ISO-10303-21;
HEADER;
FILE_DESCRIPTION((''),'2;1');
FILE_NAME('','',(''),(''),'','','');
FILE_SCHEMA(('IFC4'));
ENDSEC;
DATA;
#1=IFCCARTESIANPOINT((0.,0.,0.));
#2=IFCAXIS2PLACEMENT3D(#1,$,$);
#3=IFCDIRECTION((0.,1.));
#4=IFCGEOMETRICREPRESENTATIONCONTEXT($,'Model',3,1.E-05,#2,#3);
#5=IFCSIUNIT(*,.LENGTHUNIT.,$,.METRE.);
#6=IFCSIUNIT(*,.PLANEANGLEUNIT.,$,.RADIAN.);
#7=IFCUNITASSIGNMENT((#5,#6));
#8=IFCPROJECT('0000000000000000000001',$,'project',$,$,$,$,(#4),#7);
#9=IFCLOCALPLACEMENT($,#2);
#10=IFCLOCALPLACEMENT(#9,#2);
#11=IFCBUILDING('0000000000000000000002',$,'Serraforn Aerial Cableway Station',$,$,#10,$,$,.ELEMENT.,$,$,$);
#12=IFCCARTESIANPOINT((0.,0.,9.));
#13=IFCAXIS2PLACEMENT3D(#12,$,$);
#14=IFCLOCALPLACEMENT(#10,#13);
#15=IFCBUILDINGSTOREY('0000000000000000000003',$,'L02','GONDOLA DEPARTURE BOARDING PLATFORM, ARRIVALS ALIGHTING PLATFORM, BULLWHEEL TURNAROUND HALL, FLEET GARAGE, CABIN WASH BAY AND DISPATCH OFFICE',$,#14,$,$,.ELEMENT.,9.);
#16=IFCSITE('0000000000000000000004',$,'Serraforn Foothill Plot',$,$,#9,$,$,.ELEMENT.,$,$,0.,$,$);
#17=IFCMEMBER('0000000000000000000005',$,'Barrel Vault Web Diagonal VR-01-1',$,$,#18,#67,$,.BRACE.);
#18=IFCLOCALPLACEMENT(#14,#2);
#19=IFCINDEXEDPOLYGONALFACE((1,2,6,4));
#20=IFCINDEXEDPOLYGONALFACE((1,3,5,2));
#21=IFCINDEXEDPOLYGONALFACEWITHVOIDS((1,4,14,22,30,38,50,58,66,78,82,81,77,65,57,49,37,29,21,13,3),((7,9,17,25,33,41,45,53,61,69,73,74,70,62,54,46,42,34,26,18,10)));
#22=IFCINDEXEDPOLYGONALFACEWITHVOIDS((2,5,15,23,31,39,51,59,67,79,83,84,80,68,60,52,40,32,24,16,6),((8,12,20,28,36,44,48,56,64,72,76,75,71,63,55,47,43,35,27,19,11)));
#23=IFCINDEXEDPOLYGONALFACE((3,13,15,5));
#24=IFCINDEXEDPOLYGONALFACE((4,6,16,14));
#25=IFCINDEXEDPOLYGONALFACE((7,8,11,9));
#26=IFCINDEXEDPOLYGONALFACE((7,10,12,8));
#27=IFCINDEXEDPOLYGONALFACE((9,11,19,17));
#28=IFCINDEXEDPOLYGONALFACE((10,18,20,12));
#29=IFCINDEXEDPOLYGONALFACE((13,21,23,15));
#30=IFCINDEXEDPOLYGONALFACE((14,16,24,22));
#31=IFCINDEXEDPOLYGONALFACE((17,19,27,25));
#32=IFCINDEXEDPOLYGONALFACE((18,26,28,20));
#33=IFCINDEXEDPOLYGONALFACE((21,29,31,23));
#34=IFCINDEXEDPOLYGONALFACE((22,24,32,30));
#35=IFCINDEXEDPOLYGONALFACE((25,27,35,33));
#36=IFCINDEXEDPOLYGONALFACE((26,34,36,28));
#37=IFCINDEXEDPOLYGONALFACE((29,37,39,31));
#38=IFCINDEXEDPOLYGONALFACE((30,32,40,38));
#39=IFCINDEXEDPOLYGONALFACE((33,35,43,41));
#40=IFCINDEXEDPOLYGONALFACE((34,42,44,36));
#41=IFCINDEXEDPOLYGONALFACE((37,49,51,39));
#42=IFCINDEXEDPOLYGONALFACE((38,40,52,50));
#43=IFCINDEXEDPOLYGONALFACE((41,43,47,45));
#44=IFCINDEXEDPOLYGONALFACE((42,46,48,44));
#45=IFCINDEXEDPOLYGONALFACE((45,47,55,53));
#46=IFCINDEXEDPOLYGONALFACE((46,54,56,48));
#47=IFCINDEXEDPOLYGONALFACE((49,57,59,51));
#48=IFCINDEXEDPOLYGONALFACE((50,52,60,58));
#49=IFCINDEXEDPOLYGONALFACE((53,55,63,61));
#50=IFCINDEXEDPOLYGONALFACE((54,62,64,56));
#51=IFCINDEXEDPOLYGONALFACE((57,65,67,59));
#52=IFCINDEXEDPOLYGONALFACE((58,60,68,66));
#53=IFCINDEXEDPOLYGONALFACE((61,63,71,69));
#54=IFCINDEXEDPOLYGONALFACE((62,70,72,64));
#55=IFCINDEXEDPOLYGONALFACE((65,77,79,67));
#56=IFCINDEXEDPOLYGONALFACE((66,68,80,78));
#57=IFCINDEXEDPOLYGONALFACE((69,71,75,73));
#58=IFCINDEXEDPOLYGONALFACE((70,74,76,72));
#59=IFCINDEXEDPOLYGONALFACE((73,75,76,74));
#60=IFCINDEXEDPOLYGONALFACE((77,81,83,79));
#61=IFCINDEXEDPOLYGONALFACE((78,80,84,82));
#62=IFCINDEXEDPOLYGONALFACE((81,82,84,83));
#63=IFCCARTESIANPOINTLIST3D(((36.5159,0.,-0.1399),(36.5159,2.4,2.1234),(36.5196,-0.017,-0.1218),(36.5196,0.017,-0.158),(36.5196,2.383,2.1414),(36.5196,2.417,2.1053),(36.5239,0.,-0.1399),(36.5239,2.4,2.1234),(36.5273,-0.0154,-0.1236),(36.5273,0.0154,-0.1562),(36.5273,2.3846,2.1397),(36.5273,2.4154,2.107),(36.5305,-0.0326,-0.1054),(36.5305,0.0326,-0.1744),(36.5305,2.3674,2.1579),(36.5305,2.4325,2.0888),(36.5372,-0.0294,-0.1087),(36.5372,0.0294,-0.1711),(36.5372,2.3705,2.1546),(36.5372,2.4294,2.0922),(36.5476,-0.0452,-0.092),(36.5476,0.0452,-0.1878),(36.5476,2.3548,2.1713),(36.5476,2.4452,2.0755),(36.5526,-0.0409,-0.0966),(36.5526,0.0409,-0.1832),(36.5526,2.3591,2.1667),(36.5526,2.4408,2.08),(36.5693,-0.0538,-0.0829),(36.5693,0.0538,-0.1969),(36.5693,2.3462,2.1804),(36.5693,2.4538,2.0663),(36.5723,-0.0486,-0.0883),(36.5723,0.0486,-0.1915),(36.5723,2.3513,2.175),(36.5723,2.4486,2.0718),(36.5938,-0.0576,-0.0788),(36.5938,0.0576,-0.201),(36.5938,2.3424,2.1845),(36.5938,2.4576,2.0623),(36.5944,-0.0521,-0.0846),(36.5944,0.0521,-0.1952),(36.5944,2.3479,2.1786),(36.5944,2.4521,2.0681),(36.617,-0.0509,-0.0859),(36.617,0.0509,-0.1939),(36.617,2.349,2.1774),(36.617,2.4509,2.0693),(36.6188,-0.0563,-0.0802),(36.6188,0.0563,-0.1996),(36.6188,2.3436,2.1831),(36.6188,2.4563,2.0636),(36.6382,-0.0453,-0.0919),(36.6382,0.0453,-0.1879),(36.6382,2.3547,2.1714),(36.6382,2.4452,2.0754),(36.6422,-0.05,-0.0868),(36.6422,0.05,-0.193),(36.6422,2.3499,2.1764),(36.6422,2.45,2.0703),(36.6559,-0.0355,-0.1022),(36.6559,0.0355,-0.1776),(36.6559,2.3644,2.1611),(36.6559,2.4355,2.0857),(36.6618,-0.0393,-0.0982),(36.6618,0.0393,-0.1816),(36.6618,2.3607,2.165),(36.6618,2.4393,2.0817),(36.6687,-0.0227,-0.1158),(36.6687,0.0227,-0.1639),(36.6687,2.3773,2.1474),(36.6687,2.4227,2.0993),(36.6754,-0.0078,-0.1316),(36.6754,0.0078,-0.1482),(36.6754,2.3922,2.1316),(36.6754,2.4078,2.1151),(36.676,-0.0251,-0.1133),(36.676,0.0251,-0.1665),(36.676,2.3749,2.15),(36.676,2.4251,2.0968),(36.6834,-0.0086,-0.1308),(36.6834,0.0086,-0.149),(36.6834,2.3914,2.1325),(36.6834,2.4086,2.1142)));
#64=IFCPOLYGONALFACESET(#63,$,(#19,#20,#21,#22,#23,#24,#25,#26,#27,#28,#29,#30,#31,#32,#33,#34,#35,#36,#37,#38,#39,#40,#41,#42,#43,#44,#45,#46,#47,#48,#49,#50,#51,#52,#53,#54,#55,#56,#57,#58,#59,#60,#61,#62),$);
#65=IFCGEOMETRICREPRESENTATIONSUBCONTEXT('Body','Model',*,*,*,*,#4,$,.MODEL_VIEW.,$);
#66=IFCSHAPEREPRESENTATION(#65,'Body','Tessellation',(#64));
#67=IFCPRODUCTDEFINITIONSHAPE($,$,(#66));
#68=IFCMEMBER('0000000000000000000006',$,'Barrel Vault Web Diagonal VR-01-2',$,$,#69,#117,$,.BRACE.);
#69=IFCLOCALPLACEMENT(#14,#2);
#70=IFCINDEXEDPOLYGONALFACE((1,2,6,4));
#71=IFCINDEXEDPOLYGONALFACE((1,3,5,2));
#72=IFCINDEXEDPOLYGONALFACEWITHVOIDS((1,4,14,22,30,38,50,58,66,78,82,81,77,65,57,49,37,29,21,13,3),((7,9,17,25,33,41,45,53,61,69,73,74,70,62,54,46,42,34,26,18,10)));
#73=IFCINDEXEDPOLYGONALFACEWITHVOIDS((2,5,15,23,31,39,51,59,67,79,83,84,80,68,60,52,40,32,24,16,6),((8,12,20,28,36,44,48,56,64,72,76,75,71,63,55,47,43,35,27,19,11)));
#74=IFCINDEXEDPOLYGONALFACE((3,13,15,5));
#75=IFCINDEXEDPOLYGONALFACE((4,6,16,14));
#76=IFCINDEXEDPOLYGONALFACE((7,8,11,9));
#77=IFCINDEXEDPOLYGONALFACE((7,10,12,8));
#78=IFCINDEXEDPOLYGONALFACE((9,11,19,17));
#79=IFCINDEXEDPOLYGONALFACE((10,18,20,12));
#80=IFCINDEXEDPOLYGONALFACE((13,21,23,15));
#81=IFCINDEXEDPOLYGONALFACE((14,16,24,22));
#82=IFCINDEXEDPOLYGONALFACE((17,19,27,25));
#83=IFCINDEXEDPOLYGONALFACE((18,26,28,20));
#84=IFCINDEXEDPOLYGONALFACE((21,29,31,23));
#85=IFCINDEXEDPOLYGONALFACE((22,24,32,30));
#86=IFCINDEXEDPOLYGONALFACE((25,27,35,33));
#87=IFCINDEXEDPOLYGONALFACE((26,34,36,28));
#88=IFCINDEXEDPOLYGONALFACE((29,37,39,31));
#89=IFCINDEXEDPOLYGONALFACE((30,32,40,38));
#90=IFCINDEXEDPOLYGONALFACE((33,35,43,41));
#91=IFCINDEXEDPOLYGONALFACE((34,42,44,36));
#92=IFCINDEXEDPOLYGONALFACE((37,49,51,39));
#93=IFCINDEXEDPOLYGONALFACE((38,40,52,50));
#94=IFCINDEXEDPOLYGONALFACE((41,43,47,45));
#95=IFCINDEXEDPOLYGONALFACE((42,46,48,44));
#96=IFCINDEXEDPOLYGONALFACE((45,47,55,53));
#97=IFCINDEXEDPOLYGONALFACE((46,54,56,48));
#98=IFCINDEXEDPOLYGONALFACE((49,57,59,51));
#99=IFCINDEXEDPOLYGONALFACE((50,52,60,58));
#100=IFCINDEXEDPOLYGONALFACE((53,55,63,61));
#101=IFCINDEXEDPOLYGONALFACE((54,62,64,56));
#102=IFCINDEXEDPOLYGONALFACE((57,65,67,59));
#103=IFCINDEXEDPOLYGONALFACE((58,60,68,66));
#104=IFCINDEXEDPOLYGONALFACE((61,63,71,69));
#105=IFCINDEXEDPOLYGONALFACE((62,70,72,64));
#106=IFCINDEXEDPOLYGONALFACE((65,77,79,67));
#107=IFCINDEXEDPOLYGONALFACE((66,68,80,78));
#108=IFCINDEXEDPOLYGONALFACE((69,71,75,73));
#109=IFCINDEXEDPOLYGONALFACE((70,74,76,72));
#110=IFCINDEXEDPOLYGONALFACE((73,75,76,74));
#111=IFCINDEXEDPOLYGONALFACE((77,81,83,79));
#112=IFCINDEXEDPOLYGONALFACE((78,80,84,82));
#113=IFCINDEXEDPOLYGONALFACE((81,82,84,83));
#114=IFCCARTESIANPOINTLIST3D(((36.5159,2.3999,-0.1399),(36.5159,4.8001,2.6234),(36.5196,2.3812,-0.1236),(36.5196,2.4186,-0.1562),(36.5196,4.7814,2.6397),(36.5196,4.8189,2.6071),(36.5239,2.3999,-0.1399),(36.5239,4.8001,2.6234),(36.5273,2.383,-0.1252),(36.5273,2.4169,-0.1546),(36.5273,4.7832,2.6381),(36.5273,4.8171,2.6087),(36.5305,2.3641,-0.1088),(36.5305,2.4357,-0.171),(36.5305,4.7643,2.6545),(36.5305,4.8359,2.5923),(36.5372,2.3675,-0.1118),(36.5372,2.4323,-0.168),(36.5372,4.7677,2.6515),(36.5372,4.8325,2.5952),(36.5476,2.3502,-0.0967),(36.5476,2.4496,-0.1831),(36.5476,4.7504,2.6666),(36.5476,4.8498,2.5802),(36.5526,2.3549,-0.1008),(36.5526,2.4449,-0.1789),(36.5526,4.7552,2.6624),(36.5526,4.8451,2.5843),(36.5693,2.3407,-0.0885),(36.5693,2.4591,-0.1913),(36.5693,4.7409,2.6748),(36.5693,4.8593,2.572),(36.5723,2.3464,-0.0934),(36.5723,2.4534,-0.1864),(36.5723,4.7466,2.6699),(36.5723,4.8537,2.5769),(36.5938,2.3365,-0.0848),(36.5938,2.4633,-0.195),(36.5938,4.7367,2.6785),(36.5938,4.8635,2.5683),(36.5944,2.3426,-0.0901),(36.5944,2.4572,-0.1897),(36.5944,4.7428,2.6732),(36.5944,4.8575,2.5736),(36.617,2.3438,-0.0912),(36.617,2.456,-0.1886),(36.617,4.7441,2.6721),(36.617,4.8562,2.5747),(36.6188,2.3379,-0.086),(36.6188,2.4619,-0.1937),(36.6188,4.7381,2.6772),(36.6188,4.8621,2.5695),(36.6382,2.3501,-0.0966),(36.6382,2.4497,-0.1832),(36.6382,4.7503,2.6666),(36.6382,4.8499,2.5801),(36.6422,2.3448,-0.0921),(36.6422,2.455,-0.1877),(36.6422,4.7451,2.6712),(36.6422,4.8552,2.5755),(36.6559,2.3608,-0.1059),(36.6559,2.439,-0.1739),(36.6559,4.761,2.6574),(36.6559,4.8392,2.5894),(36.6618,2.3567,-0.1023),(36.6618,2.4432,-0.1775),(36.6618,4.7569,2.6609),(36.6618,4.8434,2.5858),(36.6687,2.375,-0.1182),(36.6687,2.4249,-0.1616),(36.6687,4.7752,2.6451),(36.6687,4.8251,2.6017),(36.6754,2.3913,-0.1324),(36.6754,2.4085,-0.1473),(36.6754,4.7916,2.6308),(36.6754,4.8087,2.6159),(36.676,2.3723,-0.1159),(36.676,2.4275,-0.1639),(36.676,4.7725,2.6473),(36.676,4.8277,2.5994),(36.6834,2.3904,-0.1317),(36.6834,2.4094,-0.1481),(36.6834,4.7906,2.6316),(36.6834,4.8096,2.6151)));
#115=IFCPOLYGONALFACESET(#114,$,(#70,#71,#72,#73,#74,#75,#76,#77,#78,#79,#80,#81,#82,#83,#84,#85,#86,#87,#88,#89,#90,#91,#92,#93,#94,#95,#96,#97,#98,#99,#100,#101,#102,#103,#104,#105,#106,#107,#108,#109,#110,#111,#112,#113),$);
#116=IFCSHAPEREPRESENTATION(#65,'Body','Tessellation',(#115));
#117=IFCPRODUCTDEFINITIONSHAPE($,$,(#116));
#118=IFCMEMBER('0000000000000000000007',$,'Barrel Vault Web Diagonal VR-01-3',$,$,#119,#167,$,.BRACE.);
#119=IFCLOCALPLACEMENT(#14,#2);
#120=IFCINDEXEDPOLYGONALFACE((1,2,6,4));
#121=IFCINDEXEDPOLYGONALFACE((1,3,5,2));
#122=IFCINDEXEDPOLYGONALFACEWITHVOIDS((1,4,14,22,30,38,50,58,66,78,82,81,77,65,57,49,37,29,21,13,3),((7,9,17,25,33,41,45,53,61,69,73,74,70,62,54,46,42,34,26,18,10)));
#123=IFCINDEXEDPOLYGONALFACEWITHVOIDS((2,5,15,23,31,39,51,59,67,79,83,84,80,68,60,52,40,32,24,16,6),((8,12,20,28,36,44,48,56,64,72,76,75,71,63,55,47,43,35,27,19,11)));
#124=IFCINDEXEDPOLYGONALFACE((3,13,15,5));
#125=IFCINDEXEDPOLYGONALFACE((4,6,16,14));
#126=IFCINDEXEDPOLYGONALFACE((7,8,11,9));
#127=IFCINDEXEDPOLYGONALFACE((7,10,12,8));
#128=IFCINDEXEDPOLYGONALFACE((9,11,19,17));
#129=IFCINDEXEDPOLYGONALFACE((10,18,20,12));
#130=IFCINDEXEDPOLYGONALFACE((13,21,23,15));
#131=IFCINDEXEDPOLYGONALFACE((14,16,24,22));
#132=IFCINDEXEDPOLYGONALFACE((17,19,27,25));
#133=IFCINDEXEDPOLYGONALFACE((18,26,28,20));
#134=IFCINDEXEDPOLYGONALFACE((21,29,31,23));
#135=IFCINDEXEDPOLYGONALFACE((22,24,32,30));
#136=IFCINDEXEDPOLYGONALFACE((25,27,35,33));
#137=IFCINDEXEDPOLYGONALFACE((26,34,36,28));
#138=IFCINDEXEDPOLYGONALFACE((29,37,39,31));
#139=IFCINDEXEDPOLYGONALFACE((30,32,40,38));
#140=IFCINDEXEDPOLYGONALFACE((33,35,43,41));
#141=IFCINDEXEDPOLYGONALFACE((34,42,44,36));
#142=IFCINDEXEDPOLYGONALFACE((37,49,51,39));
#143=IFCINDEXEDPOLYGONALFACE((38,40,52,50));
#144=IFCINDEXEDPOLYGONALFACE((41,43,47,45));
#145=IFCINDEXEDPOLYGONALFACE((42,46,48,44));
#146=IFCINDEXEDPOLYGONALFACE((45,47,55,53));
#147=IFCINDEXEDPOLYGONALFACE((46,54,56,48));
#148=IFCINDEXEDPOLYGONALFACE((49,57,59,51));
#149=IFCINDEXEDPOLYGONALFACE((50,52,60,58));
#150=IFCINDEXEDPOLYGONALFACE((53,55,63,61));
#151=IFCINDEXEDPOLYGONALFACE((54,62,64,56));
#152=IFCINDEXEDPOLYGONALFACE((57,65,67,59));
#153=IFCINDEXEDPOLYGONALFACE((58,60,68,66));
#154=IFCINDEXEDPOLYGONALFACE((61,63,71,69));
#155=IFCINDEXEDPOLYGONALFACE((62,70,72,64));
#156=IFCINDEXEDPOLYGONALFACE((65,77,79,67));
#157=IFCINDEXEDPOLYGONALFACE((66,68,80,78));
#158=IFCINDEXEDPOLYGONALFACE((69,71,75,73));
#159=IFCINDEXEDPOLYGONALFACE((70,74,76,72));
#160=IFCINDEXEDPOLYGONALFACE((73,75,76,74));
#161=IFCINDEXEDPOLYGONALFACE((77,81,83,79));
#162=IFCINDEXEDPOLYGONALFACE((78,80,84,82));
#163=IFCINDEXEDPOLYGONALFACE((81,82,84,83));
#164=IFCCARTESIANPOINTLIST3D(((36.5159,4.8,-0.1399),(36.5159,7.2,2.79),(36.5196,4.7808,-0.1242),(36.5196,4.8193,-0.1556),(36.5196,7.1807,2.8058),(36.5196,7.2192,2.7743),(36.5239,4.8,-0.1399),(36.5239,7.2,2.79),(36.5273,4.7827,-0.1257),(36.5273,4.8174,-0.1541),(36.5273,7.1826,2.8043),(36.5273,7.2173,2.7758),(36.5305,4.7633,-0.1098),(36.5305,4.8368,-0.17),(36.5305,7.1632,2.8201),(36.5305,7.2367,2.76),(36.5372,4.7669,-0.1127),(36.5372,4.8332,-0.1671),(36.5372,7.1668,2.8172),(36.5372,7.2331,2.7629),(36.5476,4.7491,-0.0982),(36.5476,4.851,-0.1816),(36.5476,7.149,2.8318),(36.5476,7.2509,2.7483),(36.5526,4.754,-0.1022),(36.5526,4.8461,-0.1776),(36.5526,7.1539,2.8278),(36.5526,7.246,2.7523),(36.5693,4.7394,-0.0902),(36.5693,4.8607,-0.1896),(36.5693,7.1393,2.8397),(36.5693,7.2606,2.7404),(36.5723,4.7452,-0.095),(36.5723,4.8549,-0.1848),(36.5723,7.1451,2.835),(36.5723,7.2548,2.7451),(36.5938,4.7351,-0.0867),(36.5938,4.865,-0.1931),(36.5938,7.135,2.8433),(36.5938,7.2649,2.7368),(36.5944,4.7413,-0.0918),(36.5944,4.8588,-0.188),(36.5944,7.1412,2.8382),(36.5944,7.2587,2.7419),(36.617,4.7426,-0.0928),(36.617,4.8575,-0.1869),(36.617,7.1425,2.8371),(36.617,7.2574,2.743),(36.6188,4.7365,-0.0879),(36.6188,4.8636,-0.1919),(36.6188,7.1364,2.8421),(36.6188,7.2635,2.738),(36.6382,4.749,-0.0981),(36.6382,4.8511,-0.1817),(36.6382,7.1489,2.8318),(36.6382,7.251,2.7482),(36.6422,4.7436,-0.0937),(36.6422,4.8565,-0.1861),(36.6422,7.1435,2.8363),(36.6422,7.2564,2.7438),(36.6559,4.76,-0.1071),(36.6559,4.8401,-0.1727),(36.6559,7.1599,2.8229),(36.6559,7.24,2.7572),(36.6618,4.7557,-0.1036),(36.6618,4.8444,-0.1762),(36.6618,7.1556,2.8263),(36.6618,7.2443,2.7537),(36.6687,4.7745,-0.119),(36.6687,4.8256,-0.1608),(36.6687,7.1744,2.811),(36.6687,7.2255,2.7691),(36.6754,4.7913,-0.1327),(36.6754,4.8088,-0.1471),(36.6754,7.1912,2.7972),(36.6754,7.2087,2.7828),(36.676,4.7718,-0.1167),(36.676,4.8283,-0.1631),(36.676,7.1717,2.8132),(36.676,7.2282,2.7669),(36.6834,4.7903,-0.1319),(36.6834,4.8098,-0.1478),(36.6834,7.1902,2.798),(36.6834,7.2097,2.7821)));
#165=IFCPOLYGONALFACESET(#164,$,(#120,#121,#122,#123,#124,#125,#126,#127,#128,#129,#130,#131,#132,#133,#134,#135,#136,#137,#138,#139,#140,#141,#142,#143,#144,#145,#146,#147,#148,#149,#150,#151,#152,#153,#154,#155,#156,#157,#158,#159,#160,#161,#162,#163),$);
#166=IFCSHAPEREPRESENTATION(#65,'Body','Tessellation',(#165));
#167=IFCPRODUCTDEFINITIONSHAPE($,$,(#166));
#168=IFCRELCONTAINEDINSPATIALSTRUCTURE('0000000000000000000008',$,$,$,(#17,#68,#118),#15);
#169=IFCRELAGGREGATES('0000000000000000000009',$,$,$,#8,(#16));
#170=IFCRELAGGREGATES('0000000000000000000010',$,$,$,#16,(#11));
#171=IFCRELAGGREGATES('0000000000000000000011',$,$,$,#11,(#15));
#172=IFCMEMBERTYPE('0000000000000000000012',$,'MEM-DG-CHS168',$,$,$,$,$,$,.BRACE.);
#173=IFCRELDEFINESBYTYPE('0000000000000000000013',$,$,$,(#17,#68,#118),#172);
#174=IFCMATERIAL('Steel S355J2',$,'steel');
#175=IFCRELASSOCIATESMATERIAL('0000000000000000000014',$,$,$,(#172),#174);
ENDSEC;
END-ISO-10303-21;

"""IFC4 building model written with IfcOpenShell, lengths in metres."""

from ifc_helpers import new_model, si_unit, direction, frame, origin, origin_2d, place, context, subcontext, project, spatial, hollow_circle, extrude, material, material_profile, profile_set, type_object, element, save


model = new_model("IFC4")

# Units and contexts
model_context = context("Model", 3, precision=1e-05, world=origin(), true_north=direction((0.0, 1.0)))
body_context = subcontext(model_context, "Body", "Model", "MODEL_VIEW")
ifc_project = project(units=[si_unit("LENGTHUNIT", "METRE"), si_unit("PLANEANGLEUNIT", "RADIAN")], contexts=[model_context])

# Site, building, storey
site_placement = place(None, origin())
site = spatial("IfcSite", under=ifc_project, at=site_placement, Name="Serraforn Foothill Plot", CompositionType="ELEMENT", RefElevation=0.0)
building_placement = place(site_placement, origin())
building = spatial("IfcBuilding", under=site, at=building_placement, Name="Serraforn Aerial Cableway Station", CompositionType="ELEMENT")
storey_placement = place(building_placement, frame((0.0, 0.0, 9.0)))
storey = spatial("IfcBuildingStorey", under=building, at=storey_placement, Name="L02", Description="GONDOLA DEPARTURE BOARDING PLATFORM, ARRIVALS ALIGHTING PLATFORM, BULLWHEEL TURNAROUND HALL, FLEET GARAGE, CABIN WASH BAY AND DISPATCH OFFICE", CompositionType="ELEMENT", Elevation=9.0)

# Members
ifc_material_1 = material(Name="Steel S355J2", Category="steel")
ifc_material_profile_1 = material_profile(ifc_material_1, hollow_circle(Radius=0.0842, WallThickness=0.0081, at=origin_2d()), Name="CHS 168.3x8.0")
ifc_profile_set_1 = profile_set([ifc_material_profile_1], Name="Steel S355J2")
member_type_1 = type_object("IfcMemberType", Name="MEM-DG-CHS168", PredefinedType="BRACE", material=ifc_profile_set_1)
member_1_placement = place(storey_placement, frame((36.6001, 0.0, -0.1399), z_axis=(0.0, 0.727526, 0.68608), x_axis=(-1.0, 0.0, 0.0)))
element("IfcMember", 1, at=member_1_placement, inside=storey, type_object=member_type_1, Name="Barrel Vault Web Diagonal VR-01-1", PredefinedType="BRACE", context=body_context, shape_type="SweptSolid", body=[
    extrude(hollow_circle(Radius=0.0842, WallThickness=0.0081, at=origin_2d()), origin(), (0.0, 0.0, 1.0), 3.2988),
])
member_2_placement = place(storey_placement, frame((36.6001, 2.3999, -0.1399), z_axis=(0.0, 0.655771, 0.75496), x_axis=(-1.0, 0.0, 0.0)))
element("IfcMember", 2, at=member_2_placement, inside=storey, type_object=member_type_1, Name="Barrel Vault Web Diagonal VR-01-2", PredefinedType="BRACE", context=body_context, shape_type="SweptSolid", body=[
    extrude(hollow_circle(Radius=0.0842, WallThickness=0.0081, at=origin_2d()), origin(), (0.0, 0.0, 1.0), 3.6602),
])
member_3_placement = place(storey_placement, frame((36.6001, 4.8, -0.1399), z_axis=(0.0, 0.633662, 0.77361), x_axis=(-1.0, 0.0, 0.0)))
element("IfcMember", 3, at=member_3_placement, inside=storey, type_object=member_type_1, Name="Barrel Vault Web Diagonal VR-01-3", PredefinedType="BRACE", context=body_context, shape_type="SweptSolid", body=[
    extrude(hollow_circle(Radius=0.0842, WallThickness=0.0081, at=origin_2d()), origin(), (0.0, 0.0, 1.0), 3.7874),
])

save(model, "model.ifc")
